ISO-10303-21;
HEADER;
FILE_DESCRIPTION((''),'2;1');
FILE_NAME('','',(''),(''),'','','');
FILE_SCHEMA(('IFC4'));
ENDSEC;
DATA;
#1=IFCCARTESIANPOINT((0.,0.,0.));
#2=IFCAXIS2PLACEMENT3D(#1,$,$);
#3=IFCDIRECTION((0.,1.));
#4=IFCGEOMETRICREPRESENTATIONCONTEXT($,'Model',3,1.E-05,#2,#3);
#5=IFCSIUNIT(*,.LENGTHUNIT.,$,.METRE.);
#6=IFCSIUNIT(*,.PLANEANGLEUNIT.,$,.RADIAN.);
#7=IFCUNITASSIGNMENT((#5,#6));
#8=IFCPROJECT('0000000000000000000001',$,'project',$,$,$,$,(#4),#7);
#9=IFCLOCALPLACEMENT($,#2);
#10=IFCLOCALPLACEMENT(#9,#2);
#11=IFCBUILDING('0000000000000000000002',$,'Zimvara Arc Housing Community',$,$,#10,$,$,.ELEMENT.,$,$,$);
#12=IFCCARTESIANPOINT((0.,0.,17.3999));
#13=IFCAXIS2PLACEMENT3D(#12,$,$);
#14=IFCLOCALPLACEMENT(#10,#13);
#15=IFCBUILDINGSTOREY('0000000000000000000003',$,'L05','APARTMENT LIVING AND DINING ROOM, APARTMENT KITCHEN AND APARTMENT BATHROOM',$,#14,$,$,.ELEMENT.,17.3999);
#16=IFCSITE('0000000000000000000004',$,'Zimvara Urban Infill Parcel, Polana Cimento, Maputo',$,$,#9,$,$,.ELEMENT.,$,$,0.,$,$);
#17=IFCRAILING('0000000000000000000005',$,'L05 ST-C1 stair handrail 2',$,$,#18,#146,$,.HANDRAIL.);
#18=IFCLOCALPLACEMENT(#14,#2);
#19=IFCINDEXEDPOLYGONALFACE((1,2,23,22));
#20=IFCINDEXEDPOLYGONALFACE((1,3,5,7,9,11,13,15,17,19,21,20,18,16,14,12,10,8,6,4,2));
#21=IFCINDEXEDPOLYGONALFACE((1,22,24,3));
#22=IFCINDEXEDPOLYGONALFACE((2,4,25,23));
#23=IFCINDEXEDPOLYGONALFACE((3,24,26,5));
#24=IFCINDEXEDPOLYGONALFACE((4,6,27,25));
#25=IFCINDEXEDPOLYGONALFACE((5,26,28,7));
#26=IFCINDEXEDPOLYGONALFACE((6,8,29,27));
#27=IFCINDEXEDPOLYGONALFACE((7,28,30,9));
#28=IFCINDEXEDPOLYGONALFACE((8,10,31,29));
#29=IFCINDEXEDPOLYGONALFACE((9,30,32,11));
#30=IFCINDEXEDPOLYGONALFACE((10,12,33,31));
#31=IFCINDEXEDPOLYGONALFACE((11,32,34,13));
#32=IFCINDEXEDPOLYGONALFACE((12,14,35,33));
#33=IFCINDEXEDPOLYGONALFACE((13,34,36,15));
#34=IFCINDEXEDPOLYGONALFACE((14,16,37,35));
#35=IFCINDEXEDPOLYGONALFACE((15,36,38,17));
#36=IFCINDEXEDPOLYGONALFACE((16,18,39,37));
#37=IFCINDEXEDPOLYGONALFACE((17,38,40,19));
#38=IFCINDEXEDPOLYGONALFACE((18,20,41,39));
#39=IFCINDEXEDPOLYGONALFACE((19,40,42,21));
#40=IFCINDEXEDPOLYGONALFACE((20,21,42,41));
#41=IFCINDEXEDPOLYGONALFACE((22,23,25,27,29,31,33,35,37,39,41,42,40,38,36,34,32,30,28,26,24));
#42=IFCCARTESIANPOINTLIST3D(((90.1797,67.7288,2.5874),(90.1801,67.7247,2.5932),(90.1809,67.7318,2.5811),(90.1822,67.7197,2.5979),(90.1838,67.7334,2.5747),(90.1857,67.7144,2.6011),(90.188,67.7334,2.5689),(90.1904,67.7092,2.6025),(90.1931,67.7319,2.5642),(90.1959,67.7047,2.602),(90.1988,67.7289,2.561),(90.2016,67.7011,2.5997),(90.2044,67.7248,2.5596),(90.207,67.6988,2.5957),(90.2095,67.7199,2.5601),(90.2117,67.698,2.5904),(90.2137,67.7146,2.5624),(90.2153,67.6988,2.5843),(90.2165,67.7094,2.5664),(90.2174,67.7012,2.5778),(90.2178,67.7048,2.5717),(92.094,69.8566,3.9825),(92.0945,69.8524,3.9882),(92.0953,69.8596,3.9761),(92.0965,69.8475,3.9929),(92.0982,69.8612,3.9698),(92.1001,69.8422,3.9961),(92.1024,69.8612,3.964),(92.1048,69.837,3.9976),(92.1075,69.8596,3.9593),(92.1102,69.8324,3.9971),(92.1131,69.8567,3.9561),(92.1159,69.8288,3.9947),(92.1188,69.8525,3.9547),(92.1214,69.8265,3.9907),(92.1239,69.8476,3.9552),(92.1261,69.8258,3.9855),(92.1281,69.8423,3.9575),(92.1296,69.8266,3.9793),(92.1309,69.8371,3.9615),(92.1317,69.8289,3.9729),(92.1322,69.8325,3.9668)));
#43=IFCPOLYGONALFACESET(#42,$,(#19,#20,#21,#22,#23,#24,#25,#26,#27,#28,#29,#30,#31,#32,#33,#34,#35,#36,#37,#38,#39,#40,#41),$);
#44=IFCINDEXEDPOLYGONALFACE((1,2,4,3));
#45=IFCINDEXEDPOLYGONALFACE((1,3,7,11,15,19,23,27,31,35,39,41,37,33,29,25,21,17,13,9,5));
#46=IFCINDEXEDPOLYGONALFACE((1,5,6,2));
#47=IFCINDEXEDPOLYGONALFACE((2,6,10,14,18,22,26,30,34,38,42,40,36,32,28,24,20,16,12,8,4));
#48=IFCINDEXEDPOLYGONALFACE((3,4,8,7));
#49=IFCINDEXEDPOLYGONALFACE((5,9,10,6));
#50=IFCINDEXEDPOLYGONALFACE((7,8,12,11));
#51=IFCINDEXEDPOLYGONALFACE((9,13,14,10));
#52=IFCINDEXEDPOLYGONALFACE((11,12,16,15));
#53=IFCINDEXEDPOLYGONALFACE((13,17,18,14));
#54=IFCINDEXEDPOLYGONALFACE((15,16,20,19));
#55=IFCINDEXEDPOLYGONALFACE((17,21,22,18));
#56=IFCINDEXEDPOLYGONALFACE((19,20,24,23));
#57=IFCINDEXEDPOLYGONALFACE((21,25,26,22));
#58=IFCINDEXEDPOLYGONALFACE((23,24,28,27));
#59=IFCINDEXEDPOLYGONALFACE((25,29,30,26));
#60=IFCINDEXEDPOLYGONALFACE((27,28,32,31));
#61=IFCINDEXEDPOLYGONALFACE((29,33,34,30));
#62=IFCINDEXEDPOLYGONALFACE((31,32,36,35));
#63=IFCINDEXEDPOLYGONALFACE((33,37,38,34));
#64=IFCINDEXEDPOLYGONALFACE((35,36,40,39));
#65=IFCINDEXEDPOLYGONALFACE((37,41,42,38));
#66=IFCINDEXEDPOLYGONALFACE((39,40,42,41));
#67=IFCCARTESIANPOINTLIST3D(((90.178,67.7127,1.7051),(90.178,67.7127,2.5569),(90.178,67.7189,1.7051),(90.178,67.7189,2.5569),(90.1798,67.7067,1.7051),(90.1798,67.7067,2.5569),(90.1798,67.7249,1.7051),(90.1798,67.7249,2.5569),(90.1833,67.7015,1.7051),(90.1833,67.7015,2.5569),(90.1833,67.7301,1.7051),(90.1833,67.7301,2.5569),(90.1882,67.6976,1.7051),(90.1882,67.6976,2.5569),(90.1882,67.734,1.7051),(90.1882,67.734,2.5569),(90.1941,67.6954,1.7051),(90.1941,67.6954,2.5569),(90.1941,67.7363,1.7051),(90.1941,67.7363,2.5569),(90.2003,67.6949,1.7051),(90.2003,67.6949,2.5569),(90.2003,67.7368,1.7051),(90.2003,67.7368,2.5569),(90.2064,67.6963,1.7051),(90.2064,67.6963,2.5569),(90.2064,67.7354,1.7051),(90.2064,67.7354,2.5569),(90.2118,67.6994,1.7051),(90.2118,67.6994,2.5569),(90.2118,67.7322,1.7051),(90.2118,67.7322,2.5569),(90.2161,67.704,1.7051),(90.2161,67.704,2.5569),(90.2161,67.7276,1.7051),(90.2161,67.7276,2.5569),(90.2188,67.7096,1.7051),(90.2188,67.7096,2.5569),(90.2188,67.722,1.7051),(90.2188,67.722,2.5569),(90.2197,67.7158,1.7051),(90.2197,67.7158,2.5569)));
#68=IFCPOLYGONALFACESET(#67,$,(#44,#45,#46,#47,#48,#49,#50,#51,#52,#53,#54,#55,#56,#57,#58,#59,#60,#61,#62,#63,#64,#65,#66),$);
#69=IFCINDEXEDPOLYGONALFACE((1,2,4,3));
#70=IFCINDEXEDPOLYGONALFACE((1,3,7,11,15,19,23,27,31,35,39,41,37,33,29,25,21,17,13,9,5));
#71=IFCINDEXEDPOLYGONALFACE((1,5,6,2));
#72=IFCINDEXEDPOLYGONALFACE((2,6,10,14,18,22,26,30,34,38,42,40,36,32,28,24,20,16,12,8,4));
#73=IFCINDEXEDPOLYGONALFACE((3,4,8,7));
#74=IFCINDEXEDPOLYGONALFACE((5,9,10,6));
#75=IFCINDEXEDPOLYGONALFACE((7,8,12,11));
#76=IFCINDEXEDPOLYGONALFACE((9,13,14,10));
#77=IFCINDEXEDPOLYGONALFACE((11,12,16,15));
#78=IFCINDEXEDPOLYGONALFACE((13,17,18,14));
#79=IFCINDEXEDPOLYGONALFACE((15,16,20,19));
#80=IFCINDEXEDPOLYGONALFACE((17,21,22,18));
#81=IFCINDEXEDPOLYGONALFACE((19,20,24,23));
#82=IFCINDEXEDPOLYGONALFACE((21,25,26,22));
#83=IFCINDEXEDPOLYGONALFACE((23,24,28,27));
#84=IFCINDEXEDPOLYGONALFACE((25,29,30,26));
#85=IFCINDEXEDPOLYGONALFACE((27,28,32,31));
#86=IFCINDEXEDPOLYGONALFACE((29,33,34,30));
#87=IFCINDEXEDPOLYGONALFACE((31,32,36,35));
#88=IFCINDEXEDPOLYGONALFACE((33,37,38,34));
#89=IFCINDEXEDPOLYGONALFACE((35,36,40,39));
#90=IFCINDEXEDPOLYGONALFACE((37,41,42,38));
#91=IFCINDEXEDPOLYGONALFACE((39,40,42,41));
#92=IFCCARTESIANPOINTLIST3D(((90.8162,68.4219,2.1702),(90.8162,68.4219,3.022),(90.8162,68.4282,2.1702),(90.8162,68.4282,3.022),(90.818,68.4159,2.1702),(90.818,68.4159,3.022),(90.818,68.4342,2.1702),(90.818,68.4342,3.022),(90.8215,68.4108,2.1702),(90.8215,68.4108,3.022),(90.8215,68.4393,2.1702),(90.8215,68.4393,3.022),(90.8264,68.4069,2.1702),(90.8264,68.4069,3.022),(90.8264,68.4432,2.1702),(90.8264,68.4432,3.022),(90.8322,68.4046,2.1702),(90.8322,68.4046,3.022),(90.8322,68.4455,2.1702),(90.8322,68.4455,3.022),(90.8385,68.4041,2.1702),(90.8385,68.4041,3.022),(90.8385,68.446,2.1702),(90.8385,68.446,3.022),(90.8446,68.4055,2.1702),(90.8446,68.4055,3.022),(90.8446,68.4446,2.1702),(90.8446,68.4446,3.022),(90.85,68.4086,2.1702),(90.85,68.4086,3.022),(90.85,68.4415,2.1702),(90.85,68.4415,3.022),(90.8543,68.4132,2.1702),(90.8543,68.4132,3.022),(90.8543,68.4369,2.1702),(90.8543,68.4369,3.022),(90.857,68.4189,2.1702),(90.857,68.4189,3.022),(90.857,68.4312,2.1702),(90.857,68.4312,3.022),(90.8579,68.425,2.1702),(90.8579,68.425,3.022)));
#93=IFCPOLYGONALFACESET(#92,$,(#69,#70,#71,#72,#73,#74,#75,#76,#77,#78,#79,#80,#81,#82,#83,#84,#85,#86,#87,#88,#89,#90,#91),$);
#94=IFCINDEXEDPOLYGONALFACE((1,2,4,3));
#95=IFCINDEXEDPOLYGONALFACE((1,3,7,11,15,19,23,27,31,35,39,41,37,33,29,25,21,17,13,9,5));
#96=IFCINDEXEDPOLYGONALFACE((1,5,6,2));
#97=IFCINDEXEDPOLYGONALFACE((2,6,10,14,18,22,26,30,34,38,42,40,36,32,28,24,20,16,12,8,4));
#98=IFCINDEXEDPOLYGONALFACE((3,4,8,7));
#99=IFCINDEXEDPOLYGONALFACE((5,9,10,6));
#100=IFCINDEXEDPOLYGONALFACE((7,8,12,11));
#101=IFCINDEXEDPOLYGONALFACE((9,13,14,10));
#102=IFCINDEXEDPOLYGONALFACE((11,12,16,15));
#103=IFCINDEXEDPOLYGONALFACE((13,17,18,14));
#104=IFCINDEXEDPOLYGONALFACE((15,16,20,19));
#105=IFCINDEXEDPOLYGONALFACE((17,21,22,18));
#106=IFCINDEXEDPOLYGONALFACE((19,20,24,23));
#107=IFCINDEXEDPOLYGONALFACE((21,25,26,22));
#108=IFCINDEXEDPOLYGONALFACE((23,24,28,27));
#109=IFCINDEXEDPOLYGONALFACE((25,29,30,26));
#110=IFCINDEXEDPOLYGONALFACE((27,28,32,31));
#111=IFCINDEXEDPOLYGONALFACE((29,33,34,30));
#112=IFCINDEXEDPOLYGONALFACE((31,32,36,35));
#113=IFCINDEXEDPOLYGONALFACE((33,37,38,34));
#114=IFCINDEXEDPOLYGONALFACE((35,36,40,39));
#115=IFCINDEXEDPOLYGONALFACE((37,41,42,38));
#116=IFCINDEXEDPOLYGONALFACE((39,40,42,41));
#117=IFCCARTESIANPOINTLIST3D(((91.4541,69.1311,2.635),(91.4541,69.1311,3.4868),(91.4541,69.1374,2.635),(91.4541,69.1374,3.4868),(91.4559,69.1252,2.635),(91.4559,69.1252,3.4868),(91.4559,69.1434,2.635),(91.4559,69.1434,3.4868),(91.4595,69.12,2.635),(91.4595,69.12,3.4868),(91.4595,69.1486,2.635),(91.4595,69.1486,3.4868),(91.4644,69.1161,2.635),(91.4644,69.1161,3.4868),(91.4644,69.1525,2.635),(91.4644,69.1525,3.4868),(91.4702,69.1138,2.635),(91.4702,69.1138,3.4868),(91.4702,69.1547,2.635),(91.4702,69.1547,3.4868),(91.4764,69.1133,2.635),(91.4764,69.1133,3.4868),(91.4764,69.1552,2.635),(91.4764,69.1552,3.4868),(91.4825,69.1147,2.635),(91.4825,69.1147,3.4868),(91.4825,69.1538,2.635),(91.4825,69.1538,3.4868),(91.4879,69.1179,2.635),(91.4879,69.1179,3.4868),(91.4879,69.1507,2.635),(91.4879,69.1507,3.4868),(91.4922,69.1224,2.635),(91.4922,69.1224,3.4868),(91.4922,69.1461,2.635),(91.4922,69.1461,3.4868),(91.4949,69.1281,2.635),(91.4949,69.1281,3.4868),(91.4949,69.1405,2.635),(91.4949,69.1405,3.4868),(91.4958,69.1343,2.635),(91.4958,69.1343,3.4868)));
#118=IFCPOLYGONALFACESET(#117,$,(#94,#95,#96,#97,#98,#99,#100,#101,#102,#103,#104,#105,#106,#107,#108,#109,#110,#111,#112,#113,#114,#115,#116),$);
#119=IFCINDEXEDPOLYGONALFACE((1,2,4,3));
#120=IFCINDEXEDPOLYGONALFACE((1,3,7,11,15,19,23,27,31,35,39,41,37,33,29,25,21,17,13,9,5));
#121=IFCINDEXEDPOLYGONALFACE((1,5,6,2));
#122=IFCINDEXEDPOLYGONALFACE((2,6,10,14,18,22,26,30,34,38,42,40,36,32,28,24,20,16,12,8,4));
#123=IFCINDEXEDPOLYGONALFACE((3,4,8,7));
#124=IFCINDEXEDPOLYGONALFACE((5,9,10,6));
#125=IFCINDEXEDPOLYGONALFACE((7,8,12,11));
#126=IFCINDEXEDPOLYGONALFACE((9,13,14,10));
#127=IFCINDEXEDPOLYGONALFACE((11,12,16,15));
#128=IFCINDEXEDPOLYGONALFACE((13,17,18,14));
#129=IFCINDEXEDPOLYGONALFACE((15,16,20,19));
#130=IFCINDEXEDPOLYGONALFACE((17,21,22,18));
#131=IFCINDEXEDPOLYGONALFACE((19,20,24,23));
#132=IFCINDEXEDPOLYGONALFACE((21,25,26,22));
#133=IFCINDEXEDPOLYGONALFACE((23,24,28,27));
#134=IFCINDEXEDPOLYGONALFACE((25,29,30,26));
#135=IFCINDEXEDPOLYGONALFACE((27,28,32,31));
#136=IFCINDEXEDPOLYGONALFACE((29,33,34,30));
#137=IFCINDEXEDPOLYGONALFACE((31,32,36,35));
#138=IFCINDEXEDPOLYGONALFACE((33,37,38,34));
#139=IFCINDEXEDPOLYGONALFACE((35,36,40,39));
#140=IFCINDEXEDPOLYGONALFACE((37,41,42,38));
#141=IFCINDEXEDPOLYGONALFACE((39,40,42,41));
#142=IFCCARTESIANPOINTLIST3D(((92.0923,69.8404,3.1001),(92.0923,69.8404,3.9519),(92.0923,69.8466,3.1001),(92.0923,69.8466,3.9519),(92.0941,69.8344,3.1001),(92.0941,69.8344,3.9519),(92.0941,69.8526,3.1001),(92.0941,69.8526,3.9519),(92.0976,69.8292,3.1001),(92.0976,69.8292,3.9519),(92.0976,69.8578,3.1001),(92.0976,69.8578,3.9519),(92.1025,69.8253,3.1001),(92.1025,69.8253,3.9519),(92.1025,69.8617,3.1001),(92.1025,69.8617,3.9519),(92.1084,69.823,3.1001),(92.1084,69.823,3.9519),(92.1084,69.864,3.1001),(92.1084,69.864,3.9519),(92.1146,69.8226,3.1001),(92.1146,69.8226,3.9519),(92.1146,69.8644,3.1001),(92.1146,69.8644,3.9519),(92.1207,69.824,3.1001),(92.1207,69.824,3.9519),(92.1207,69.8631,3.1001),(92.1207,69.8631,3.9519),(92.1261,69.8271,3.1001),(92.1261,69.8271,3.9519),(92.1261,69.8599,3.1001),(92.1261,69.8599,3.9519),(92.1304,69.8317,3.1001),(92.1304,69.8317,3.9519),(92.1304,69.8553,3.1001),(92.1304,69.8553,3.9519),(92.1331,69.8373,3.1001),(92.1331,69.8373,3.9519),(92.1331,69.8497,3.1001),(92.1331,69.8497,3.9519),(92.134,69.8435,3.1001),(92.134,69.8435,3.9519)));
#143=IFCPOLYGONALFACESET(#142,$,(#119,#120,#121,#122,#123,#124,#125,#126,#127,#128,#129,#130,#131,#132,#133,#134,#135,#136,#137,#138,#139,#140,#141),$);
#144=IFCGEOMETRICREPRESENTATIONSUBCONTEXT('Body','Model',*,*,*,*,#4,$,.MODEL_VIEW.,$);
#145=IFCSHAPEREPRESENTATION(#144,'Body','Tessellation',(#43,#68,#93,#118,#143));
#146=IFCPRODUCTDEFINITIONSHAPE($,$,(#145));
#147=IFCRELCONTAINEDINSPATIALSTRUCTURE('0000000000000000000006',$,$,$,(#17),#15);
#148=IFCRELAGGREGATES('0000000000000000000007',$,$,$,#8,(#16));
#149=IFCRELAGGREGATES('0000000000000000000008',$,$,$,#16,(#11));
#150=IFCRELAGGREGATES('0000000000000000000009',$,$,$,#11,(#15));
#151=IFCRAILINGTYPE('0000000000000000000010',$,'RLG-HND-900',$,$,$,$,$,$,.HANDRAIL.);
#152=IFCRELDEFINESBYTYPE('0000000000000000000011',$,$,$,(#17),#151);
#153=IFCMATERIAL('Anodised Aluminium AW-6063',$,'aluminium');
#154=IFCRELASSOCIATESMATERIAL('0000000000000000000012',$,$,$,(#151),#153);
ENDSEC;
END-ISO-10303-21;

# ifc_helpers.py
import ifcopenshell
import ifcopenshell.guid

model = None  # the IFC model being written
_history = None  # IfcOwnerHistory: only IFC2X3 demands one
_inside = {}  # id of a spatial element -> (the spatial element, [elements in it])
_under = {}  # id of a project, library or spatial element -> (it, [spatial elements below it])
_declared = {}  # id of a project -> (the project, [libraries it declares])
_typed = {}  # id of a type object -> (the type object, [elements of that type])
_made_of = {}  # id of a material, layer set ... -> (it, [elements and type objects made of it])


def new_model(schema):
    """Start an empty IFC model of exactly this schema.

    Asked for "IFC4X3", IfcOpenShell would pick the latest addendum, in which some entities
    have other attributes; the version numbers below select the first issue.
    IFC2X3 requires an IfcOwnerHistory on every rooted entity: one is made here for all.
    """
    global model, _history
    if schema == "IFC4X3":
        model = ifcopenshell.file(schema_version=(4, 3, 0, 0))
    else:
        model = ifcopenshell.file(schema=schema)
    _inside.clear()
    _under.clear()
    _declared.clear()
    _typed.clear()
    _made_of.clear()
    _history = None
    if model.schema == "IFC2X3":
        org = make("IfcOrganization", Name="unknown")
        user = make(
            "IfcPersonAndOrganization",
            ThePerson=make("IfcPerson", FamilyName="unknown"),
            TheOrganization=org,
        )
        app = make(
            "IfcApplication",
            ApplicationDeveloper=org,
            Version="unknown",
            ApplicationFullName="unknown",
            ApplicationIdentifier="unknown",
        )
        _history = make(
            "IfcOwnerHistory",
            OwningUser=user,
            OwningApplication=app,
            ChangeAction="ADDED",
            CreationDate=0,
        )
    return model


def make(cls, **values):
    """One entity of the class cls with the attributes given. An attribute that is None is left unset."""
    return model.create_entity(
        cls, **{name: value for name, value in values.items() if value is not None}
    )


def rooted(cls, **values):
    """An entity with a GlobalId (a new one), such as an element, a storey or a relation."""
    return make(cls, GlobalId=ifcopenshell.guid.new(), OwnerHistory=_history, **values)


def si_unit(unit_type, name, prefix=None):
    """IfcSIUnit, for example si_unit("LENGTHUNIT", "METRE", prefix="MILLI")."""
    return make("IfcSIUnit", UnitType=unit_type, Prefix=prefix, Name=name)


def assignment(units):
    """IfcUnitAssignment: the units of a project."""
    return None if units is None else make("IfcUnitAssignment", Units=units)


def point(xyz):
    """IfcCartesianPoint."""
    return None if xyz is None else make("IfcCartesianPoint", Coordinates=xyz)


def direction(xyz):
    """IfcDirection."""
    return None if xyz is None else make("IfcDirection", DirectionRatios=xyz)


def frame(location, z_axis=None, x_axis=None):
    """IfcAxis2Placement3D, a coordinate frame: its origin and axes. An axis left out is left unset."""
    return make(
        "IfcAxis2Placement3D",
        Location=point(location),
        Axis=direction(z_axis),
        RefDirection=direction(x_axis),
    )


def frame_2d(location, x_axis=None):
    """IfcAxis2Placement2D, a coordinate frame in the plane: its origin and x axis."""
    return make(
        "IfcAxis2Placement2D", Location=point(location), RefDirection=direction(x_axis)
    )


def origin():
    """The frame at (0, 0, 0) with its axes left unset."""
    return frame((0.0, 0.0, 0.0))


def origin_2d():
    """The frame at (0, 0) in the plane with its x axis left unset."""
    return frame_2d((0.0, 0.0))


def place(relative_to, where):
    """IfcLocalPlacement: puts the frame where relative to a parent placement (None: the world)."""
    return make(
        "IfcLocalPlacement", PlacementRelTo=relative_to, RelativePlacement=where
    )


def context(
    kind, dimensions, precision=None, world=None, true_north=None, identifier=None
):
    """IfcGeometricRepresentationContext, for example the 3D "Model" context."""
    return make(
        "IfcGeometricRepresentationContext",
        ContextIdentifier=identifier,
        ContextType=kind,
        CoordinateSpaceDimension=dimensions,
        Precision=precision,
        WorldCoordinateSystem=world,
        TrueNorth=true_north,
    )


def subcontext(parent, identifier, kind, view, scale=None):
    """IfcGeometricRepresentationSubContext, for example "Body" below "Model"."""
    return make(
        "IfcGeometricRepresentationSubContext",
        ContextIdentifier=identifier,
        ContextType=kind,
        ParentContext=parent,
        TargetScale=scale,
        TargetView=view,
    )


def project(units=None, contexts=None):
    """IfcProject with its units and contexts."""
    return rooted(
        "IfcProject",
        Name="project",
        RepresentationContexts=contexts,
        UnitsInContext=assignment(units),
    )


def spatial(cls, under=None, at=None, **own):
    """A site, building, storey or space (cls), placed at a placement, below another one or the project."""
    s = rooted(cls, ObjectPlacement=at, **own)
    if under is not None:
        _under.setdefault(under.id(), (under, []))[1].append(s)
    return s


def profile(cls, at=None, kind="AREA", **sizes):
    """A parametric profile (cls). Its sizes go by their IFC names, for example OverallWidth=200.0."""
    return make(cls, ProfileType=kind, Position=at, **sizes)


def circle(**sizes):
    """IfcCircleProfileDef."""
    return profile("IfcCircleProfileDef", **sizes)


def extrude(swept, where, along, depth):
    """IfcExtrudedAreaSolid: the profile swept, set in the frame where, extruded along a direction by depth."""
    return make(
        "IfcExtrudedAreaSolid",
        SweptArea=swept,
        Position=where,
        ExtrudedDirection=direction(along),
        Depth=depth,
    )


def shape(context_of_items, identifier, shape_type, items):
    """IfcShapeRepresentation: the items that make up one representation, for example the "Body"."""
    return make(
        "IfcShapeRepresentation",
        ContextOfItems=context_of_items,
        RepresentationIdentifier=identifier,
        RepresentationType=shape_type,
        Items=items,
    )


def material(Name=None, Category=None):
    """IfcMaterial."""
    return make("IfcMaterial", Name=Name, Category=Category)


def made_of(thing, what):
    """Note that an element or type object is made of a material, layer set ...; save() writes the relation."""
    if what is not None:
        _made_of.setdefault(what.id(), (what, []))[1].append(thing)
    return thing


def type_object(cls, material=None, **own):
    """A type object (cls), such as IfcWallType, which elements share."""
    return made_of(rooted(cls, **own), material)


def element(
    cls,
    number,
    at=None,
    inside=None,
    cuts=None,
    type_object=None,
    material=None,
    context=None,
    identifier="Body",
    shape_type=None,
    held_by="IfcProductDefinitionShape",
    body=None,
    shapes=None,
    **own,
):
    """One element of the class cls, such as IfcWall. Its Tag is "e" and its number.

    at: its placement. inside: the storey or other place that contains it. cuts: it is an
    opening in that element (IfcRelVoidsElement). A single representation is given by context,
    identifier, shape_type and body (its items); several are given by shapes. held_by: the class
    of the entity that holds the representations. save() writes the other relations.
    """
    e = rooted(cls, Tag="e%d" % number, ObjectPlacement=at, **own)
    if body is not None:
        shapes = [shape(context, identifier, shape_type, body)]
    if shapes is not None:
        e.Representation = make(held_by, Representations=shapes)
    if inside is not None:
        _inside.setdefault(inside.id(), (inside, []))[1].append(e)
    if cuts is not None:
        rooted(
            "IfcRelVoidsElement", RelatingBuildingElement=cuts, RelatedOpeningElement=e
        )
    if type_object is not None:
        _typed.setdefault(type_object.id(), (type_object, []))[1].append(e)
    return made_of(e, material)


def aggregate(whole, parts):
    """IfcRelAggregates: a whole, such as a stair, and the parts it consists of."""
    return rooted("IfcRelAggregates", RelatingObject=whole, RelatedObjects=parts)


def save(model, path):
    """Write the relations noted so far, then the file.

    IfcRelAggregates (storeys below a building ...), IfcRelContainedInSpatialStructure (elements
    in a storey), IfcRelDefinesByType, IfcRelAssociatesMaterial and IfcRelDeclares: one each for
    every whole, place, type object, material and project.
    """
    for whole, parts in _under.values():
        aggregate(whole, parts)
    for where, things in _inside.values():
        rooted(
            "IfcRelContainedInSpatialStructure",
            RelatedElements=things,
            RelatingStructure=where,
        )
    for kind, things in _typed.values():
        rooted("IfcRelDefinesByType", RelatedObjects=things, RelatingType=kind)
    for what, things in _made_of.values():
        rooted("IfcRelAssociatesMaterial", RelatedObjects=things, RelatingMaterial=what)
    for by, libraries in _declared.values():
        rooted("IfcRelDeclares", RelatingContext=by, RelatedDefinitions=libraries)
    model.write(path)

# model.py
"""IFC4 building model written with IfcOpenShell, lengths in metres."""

from ifc_helpers import new_model, si_unit, direction, frame, origin, origin_2d, place, context, subcontext, project, spatial, circle, extrude, material, type_object, element, save


model = new_model("IFC4")

# Units and contexts
model_context = context("Model", 3, precision=1e-05, world=origin(), true_north=direction((0.0, 1.0)))
body_context = subcontext(model_context, "Body", "Model", "MODEL_VIEW")
ifc_project = project(units=[si_unit("LENGTHUNIT", "METRE"), si_unit("PLANEANGLEUNIT", "RADIAN")], contexts=[model_context])

# Site, building, storey
site_placement = place(None, origin())
site = spatial("IfcSite", under=ifc_project, at=site_placement, Name="Zimvara Urban Infill Parcel, Polana Cimento, Maputo", CompositionType="ELEMENT", RefElevation=0.0)
building_placement = place(site_placement, origin())
building = spatial("IfcBuilding", under=site, at=building_placement, Name="Zimvara Arc Housing Community", CompositionType="ELEMENT")
storey_placement = place(building_placement, frame((0.0, 0.0, 17.3999)))
storey = spatial("IfcBuildingStorey", under=building, at=storey_placement, Name="L05", Description="APARTMENT LIVING AND DINING ROOM, APARTMENT KITCHEN AND APARTMENT BATHROOM", CompositionType="ELEMENT", Elevation=17.3999)

# Railing
ifc_material_1 = material(Name="Anodised Aluminium AW-6063", Category="aluminium")
railing_type_1 = type_object("IfcRailingType", Name="RLG-HND-900", PredefinedType="HANDRAIL", material=ifc_material_1)
railing_1_placement = place(storey_placement, frame((90.1987, 67.7158, 1.7051)))
element("IfcRailing", 1, at=railing_1_placement, inside=storey, type_object=railing_type_1, Name="L05 ST-C1 stair handrail 2", PredefinedType="HANDRAIL", context=body_context, shape_type="SweptSolid", body=[
    extrude(circle(Radius=0.0239, at=origin_2d()), frame((0.0, 0.0, 0.876), z_axis=(0.601232, 0.668248, 0.438138), x_axis=(-0.7434, 0.668847, 0.0)), (0.0, 0.0, 1.0), 3.1841),
    extrude(circle(Radius=0.021, at=origin_2d()), origin(), (0.0, 0.0, 1.0), 0.8518),
    extrude(circle(Radius=0.021, at=origin_2d()), frame((0.6382, 0.7092, 0.4651)), (0.0, 0.0, 1.0), 0.8518),
    extrude(circle(Radius=0.021, at=origin_2d()), frame((1.2761, 1.4185, 0.9299)), (0.0, 0.0, 1.0), 0.8518),
    extrude(circle(Radius=0.021, at=origin_2d()), frame((1.9143, 2.1277, 1.395)), (0.0, 0.0, 1.0), 0.8518),
])

save(model, "model.ifc")
